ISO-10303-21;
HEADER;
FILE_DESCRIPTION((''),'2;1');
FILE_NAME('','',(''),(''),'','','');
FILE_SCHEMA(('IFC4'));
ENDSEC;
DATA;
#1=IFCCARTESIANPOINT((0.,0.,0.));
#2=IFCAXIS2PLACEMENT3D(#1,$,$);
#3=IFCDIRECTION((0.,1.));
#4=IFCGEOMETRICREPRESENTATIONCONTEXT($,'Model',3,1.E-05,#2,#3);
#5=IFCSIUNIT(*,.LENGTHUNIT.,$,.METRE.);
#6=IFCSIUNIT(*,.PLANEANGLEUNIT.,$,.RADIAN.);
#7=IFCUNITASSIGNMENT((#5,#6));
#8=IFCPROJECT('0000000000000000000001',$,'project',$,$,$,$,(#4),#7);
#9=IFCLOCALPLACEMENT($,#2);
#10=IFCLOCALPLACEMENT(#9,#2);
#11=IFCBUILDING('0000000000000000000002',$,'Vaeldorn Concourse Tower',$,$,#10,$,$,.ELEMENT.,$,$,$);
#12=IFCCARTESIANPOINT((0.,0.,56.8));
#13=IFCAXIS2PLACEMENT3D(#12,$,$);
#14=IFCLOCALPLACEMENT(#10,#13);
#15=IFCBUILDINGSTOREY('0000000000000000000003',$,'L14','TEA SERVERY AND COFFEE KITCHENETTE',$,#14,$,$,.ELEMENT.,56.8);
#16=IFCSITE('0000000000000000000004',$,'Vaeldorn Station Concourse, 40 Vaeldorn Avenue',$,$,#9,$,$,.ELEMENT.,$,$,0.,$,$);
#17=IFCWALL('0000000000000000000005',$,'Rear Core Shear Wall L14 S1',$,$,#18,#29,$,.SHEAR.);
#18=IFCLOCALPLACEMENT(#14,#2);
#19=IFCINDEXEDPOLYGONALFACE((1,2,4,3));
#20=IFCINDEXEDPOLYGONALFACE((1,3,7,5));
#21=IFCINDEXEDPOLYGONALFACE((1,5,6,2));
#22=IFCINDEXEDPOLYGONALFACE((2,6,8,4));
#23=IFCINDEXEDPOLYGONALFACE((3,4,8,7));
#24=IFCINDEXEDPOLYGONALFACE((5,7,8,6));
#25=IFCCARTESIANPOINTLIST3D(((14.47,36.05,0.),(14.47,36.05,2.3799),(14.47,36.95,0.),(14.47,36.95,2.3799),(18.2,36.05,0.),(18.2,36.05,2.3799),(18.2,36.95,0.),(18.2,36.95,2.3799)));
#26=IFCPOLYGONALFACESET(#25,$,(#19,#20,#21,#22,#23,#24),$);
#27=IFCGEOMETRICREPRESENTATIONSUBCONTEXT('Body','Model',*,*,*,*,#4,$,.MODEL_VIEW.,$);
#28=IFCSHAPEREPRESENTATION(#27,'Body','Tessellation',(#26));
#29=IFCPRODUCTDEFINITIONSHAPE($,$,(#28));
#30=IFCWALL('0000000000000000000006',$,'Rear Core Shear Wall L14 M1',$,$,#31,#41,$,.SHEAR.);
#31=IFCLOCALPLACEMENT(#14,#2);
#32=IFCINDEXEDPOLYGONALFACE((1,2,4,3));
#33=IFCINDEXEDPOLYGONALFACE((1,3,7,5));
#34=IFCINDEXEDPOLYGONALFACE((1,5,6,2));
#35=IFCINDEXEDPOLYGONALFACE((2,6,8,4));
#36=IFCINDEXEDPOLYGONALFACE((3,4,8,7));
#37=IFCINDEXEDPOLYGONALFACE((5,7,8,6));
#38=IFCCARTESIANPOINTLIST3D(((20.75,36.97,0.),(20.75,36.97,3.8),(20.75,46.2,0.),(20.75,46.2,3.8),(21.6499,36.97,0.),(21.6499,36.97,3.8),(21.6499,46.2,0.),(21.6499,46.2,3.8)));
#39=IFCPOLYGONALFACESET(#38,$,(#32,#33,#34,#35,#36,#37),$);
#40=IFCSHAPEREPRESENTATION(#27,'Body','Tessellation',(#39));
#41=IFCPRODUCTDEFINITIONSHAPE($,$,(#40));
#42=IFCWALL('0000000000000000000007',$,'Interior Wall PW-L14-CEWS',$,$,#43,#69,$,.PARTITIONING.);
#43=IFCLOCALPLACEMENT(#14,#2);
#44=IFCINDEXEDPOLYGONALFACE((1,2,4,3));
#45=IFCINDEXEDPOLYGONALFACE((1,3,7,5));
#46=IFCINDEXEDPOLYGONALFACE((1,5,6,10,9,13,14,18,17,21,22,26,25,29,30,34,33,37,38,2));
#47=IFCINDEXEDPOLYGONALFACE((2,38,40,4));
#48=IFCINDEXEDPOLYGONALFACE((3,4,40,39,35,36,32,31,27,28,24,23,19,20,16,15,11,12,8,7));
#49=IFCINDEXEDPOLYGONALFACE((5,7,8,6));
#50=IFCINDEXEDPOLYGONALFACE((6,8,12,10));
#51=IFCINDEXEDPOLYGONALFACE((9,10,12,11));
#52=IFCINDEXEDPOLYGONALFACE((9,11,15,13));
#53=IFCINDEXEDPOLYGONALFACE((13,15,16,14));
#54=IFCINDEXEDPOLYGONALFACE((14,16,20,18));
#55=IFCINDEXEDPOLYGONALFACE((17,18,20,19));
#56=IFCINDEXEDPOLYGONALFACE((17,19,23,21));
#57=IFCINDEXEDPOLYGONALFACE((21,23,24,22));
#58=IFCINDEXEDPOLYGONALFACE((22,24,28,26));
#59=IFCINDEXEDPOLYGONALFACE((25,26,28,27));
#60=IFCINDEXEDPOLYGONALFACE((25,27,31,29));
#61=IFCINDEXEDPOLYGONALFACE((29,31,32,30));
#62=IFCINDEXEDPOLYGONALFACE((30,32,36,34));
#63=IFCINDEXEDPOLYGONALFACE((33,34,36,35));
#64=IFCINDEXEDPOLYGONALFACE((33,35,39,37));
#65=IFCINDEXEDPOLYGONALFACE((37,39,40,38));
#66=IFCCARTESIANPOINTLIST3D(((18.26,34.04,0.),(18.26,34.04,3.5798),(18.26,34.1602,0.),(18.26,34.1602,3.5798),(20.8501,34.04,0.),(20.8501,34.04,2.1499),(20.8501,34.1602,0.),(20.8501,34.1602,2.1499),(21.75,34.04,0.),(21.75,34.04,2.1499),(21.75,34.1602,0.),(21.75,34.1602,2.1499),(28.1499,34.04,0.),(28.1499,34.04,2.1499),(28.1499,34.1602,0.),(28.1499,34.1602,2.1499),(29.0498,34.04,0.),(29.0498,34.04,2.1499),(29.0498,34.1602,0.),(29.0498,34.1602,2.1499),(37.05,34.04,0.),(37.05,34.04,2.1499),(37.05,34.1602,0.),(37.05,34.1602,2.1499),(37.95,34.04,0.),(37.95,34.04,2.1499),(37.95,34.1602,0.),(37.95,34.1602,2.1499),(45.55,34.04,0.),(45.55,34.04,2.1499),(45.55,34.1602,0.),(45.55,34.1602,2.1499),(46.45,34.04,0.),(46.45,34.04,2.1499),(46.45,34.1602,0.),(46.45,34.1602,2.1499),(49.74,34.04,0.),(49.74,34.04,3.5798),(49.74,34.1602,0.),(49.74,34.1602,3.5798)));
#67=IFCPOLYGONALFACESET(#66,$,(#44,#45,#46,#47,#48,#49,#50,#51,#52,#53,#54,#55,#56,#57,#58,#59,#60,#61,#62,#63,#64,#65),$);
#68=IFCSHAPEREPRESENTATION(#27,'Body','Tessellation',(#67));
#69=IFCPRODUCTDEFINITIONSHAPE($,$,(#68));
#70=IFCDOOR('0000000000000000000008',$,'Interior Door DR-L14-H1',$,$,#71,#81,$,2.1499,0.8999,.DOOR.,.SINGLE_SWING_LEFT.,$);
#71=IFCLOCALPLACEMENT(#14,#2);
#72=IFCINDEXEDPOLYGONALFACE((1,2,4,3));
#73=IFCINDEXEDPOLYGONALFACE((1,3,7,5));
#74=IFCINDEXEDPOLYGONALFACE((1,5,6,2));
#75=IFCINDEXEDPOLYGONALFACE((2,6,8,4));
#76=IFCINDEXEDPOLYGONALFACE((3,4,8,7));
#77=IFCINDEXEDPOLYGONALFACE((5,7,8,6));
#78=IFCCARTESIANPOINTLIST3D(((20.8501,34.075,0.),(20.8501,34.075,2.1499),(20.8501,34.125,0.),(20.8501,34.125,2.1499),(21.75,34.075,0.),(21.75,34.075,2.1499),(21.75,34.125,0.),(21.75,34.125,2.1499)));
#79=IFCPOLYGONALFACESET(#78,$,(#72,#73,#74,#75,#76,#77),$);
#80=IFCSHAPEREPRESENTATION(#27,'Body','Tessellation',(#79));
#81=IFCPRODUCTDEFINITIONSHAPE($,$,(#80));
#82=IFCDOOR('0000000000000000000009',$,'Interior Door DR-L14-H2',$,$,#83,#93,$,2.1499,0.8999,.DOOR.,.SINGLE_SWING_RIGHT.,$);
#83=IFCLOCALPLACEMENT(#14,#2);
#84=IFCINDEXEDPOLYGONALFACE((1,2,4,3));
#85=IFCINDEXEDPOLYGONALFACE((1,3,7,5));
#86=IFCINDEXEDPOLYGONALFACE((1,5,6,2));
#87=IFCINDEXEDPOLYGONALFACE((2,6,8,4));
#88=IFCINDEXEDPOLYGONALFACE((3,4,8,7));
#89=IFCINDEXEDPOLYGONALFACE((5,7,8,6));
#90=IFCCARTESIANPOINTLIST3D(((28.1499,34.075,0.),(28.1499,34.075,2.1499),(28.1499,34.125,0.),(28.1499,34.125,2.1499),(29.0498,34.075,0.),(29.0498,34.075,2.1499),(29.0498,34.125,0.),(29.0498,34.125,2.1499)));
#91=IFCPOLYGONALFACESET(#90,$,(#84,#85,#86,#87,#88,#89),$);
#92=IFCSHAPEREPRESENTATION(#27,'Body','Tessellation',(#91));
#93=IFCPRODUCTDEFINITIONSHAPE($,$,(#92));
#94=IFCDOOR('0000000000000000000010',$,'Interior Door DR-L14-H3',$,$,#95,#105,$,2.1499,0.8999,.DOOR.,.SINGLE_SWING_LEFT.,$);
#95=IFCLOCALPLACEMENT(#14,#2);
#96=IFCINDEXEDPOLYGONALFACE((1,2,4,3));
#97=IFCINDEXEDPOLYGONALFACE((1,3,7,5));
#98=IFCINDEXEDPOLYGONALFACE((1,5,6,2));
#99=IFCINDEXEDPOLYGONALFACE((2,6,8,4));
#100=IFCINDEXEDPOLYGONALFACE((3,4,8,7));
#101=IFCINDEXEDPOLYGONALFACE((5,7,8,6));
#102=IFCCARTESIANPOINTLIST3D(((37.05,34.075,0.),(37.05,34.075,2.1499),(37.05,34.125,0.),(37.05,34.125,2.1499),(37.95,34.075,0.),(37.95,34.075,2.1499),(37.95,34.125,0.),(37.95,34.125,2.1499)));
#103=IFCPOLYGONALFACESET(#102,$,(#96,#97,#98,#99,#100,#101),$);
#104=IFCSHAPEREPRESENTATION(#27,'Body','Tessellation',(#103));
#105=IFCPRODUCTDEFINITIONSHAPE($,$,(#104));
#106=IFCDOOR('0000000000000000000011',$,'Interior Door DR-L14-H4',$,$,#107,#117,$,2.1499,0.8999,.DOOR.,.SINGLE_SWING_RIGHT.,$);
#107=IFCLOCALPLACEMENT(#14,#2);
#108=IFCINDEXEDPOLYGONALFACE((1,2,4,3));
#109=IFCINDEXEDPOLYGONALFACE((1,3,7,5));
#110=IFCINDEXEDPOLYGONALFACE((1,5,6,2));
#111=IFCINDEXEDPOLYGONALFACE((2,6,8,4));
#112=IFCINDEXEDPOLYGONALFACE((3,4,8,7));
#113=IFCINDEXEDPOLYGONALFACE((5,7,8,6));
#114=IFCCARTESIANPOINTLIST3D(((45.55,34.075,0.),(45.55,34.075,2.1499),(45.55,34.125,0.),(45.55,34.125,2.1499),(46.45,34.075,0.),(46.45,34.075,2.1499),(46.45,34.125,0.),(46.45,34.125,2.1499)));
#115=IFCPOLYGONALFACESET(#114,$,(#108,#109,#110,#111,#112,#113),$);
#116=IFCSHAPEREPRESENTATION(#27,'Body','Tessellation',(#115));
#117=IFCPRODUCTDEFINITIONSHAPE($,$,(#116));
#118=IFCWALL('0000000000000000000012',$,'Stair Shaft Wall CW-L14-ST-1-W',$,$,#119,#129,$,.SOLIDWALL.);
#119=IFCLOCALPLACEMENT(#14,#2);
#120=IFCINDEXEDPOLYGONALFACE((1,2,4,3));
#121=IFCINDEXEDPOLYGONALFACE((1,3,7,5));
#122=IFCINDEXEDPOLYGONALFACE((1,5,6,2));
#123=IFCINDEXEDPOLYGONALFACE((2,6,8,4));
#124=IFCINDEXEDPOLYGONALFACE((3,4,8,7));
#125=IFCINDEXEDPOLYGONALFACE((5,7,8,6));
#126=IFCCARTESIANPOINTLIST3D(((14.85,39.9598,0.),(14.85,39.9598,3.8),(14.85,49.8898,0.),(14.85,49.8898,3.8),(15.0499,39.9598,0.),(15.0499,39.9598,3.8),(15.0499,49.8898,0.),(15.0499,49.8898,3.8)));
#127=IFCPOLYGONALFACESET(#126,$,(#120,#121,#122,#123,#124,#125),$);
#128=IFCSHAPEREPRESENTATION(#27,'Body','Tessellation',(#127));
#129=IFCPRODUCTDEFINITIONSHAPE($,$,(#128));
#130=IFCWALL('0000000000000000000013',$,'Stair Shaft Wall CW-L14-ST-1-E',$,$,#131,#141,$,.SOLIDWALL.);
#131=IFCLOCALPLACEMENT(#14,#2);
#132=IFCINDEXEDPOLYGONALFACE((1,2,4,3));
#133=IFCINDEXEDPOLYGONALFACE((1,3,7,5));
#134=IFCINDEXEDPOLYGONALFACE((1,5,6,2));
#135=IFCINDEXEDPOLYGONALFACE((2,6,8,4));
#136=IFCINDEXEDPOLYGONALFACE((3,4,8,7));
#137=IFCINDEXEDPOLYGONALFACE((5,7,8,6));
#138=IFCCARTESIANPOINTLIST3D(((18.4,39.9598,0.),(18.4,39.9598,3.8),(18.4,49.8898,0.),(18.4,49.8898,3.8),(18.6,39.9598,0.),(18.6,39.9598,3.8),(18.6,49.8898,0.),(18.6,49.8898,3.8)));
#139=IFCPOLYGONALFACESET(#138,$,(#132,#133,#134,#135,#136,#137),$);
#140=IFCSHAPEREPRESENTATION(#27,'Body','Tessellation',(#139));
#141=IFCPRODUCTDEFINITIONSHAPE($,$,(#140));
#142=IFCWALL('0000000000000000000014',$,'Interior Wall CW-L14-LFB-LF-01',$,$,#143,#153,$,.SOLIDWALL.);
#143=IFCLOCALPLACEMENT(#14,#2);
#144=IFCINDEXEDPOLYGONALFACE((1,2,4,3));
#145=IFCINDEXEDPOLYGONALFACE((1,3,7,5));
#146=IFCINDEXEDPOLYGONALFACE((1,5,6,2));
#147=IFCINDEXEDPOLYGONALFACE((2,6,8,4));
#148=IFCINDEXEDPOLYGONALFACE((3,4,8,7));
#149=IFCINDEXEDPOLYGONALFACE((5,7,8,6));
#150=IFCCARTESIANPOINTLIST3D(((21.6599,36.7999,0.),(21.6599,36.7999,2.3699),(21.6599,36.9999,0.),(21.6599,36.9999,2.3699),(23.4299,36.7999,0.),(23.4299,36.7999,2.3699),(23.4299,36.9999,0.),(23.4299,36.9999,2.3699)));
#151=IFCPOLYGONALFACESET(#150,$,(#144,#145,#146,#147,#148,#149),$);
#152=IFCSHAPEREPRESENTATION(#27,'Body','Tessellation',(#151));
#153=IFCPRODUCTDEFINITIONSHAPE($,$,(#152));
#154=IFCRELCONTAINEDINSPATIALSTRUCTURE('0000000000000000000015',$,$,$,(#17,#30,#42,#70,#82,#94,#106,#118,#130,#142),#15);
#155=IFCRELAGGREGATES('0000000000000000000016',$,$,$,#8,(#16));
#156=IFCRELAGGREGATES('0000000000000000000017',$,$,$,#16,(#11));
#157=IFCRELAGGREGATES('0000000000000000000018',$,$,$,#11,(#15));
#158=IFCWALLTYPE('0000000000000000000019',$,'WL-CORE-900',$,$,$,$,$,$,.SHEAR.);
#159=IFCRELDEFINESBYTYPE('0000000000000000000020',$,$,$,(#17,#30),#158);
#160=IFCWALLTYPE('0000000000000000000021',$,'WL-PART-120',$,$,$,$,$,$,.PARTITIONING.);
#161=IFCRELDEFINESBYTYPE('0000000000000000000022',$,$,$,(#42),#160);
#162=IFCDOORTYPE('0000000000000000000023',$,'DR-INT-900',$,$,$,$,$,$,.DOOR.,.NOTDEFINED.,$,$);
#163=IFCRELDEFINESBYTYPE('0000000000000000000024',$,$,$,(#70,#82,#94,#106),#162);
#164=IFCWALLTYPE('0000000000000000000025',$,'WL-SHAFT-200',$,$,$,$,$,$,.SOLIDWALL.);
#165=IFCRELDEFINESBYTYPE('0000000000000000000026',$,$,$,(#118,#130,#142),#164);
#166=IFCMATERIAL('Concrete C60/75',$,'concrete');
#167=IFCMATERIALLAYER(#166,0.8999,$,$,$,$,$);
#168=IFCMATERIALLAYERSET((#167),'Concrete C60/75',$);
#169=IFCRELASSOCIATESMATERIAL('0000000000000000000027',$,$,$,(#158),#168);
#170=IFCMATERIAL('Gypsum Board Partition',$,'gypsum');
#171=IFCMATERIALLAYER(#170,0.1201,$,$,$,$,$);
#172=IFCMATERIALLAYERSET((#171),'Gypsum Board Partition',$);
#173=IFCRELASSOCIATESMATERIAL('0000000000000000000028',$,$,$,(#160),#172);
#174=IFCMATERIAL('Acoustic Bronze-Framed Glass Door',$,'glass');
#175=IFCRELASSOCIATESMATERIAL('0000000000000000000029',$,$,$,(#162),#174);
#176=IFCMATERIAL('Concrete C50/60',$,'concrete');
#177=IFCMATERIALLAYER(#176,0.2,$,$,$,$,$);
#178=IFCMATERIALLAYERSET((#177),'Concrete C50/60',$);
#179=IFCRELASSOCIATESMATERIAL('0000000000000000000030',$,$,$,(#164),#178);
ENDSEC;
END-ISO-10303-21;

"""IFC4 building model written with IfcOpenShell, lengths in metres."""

from ifc_helpers import new_model, si_unit, direction, frame, frame_2d, origin, place, context, subcontext, project, spatial, rectangle, extrude, source, transform, mapped, material, layer, layer_set, type_object, element, fill, save


model = new_model("IFC4")

# Units and contexts
model_context = context("Model", 3, precision=1e-05, world=origin(), true_north=direction((0.0, 1.0)))
body_context = subcontext(model_context, "Body", "Model", "MODEL_VIEW")
ifc_project = project(units=[si_unit("LENGTHUNIT", "METRE"), si_unit("PLANEANGLEUNIT", "RADIAN")], contexts=[model_context])

# Site, building, storey
site_placement = place(None, origin())
site = spatial("IfcSite", under=ifc_project, at=site_placement, Name="Vaeldorn Station Concourse, 40 Vaeldorn Avenue", CompositionType="ELEMENT", RefElevation=0.0)
building_placement = place(site_placement, origin())
building = spatial("IfcBuilding", under=site, at=building_placement, Name="Vaeldorn Concourse Tower", CompositionType="ELEMENT")
storey_placement = place(building_placement, frame((0.0, 0.0, 56.8)))
storey = spatial("IfcBuildingStorey", under=building, at=storey_placement, Name="L14", Description="TEA SERVERY AND COFFEE KITCHENETTE", CompositionType="ELEMENT", Elevation=56.8)

# Walls
ifc_material_1 = material(Name="Concrete C60/75", Category="concrete")
ifc_layer_1 = layer(ifc_material_1, 0.8999)
ifc_layer_set_1 = layer_set([ifc_layer_1], Name="Concrete C60/75")
wall_type_1 = type_object("IfcWallType", Name="WL-CORE-900", PredefinedType="SHEAR", material=ifc_layer_set_1)
wall_1_placement = place(storey_placement, frame((14.47, 36.5, 0.0), z_axis=(0.0, 0.0, 1.0), x_axis=(1.0, 0.0, 0.0)))
element("IfcWall", 1, at=wall_1_placement, inside=storey, type_object=wall_type_1, Name="Rear Core Shear Wall L14 S1", PredefinedType="SHEAR", context=body_context, shape_type="SweptSolid", body=[
    extrude(rectangle(XDim=3.73, YDim=0.8999, at=frame_2d((1.865, 0.0))), origin(), (0.0, 0.0, 1.0), 2.3799),
])
wall_2_placement = place(storey_placement, frame((21.2, 36.97, 0.0), z_axis=(0.0, 0.0, 1.0), x_axis=(0.0, 1.0, 0.0)))
element("IfcWall", 2, at=wall_2_placement, inside=storey, type_object=wall_type_1, Name="Rear Core Shear Wall L14 M1", PredefinedType="SHEAR", context=body_context, shape_type="SweptSolid", body=[
    extrude(rectangle(XDim=9.23, YDim=0.8999, at=frame_2d((4.615, 0.0))), origin(), (0.0, 0.0, 1.0), 3.8),
])

# Wall, openings, doors
ifc_material_2 = material(Name="Gypsum Board Partition", Category="gypsum")
ifc_layer_2 = layer(ifc_material_2, 0.1201)
ifc_layer_set_2 = layer_set([ifc_layer_2], Name="Gypsum Board Partition")
wall_type_2 = type_object("IfcWallType", Name="WL-PART-120", PredefinedType="PARTITIONING", material=ifc_layer_set_2)
wall_3_placement = place(storey_placement, frame((18.26, 34.1001, 0.0), z_axis=(0.0, 0.0, 1.0), x_axis=(1.0, 0.0, 0.0)))
wall_3 = element("IfcWall", 3, at=wall_3_placement, inside=storey, type_object=wall_type_2, Name="Interior Wall PW-L14-CEWS", PredefinedType="PARTITIONING", context=body_context, shape_type="SweptSolid", body=[
    extrude(rectangle(XDim=31.48, YDim=0.1201, at=frame_2d((15.74, 0.0))), origin(), (0.0, 0.0, 1.0), 3.5798),
])
opening_1_placement = place(wall_3_placement, frame((2.5901, 0.0, 0.0)))
opening_1 = element("IfcOpeningElement", 4, at=opening_1_placement, cuts=wall_3, PredefinedType="OPENING", context=body_context, shape_type="SweptSolid", body=[
    extrude(rectangle(XDim=0.8999, YDim=2.1499, at=frame_2d((0.45, 1.075))), frame((0.0, 0.0701, 0.0), z_axis=(0.0, -1.0, 0.0), x_axis=(1.0, 0.0, 0.0)), (0.0, 0.0, 1.0), 0.1401),
])
opening_2_placement = place(wall_3_placement, frame((9.8899, 0.0, 0.0)))
opening_2 = element("IfcOpeningElement", 5, at=opening_2_placement, cuts=wall_3, PredefinedType="OPENING", context=body_context, shape_type="SweptSolid", body=[
    extrude(rectangle(XDim=0.8999, YDim=2.1499, at=frame_2d((0.45, 1.075))), frame((0.0, 0.0701, 0.0), z_axis=(0.0, -1.0, 0.0), x_axis=(1.0, 0.0, 0.0)), (0.0, 0.0, 1.0), 0.1401),
])
opening_3_placement = place(wall_3_placement, frame((18.79, 0.0, 0.0)))
opening_3 = element("IfcOpeningElement", 6, at=opening_3_placement, cuts=wall_3, PredefinedType="OPENING", context=body_context, shape_type="SweptSolid", body=[
    extrude(rectangle(XDim=0.8999, YDim=2.1499, at=frame_2d((0.45, 1.075))), frame((0.0, 0.0701, 0.0), z_axis=(0.0, -1.0, 0.0), x_axis=(1.0, 0.0, 0.0)), (0.0, 0.0, 1.0), 0.1401),
])
opening_4_placement = place(wall_3_placement, frame((27.29, 0.0, 0.0)))
opening_4 = element("IfcOpeningElement", 7, at=opening_4_placement, cuts=wall_3, PredefinedType="OPENING", context=body_context, shape_type="SweptSolid", body=[
    extrude(rectangle(XDim=0.8999, YDim=2.1499, at=frame_2d((0.45, 1.075))), frame((0.0, 0.0701, 0.0), z_axis=(0.0, -1.0, 0.0), x_axis=(1.0, 0.0, 0.0)), (0.0, 0.0, 1.0), 0.1401),
])
ifc_material_3 = material(Name="Acoustic Bronze-Framed Glass Door", Category="glass")
door_type_1 = type_object("IfcDoorType", Name="DR-INT-900", OperationType="NOTDEFINED", PredefinedType="DOOR", material=ifc_material_3)
shared_shape_1 = source(origin(), body_context, "Body", "SweptSolid", [
    extrude(rectangle(XDim=0.8999, YDim=2.1499, at=frame_2d((0.45, 1.075))), frame((0.0, 0.0249, 0.0), z_axis=(0.0, -1.0, 0.0), x_axis=(1.0, 0.0, 0.0)), (0.0, 0.0, 1.0), 0.05),
])
door_1_placement = place(opening_1_placement, origin())
door_1 = element("IfcDoor", 8, at=door_1_placement, inside=storey, type_object=door_type_1, Name="Interior Door DR-L14-H1", OperationType="SINGLE_SWING_LEFT", OverallHeight=2.1499, OverallWidth=0.8999, PredefinedType="DOOR", context=body_context, shape_type="MappedRepresentation", body=[
    mapped(shared_shape_1, transform((0.0, 0.0, 0.0), scale=1.0)),
])
fill(opening_1, door_1)
door_2_placement = place(opening_2_placement, origin())
door_2 = element("IfcDoor", 9, at=door_2_placement, inside=storey, type_object=door_type_1, Name="Interior Door DR-L14-H2", OperationType="SINGLE_SWING_RIGHT", OverallHeight=2.1499, OverallWidth=0.8999, PredefinedType="DOOR", context=body_context, shape_type="MappedRepresentation", body=[
    mapped(shared_shape_1, transform((0.0, 0.0, 0.0), scale=1.0)),
])
fill(opening_2, door_2)
door_3_placement = place(opening_3_placement, origin())
door_3 = element("IfcDoor", 10, at=door_3_placement, inside=storey, type_object=door_type_1, Name="Interior Door DR-L14-H3", OperationType="SINGLE_SWING_LEFT", OverallHeight=2.1499, OverallWidth=0.8999, PredefinedType="DOOR", context=body_context, shape_type="MappedRepresentation", body=[
    mapped(shared_shape_1, transform((0.0, 0.0, 0.0), scale=1.0)),
])
fill(opening_3, door_3)
door_4_placement = place(opening_4_placement, origin())
door_4 = element("IfcDoor", 11, at=door_4_placement, inside=storey, type_object=door_type_1, Name="Interior Door DR-L14-H4", OperationType="SINGLE_SWING_RIGHT", OverallHeight=2.1499, OverallWidth=0.8999, PredefinedType="DOOR", context=body_context, shape_type="MappedRepresentation", body=[
    mapped(shared_shape_1, transform((0.0, 0.0, 0.0), scale=1.0)),
])
fill(opening_4, door_4)

# Walls
ifc_material_4 = material(Name="Concrete C50/60", Category="concrete")
ifc_layer_3 = layer(ifc_material_4, 0.2)
ifc_layer_set_3 = layer_set([ifc_layer_3], Name="Concrete C50/60")
wall_type_3 = type_object("IfcWallType", Name="WL-SHAFT-200", PredefinedType="SOLIDWALL", material=ifc_layer_set_3)
for number, where, z_axis, x_axis, name in (
    (12, (14.95, 39.96, 0.0), (0.0, 0.0, 1.0), (0.0, 1.0, 0.0), "Stair Shaft Wall CW-L14-ST-1-W"),
    (13, (18.5, 39.96, 0.0), (0.0, 0.0, 1.0), (0.0, 1.0, 0.0), "Stair Shaft Wall CW-L14-ST-1-E"),
):
    element("IfcWall", number, at=place(storey_placement, frame(where, z_axis=z_axis, x_axis=x_axis)), inside=storey, type_object=wall_type_3, Name=name, PredefinedType="SOLIDWALL", context=body_context, shape_type="SweptSolid", body=[
        extrude(rectangle(XDim=9.9299, YDim=0.2, at=frame_2d((4.9648, 0.0))), origin(), (0.0, 0.0, 1.0), 3.8),
    ])

# Wall
wall_4_placement = place(storey_placement, frame((21.6599, 36.8999, 0.0), z_axis=(0.0, 0.0, 1.0), x_axis=(1.0, 0.0, 0.0)))
element("IfcWall", 14, at=wall_4_placement, inside=storey, type_object=wall_type_3, Name="Interior Wall CW-L14-LFB-LF-01", PredefinedType="SOLIDWALL", context=body_context, shape_type="SweptSolid", body=[
    extrude(rectangle(XDim=1.77, YDim=0.2, at=frame_2d((0.885, 0.0))), origin(), (0.0, 0.0, 1.0), 2.3699),
])

save(model, "model.ifc")
